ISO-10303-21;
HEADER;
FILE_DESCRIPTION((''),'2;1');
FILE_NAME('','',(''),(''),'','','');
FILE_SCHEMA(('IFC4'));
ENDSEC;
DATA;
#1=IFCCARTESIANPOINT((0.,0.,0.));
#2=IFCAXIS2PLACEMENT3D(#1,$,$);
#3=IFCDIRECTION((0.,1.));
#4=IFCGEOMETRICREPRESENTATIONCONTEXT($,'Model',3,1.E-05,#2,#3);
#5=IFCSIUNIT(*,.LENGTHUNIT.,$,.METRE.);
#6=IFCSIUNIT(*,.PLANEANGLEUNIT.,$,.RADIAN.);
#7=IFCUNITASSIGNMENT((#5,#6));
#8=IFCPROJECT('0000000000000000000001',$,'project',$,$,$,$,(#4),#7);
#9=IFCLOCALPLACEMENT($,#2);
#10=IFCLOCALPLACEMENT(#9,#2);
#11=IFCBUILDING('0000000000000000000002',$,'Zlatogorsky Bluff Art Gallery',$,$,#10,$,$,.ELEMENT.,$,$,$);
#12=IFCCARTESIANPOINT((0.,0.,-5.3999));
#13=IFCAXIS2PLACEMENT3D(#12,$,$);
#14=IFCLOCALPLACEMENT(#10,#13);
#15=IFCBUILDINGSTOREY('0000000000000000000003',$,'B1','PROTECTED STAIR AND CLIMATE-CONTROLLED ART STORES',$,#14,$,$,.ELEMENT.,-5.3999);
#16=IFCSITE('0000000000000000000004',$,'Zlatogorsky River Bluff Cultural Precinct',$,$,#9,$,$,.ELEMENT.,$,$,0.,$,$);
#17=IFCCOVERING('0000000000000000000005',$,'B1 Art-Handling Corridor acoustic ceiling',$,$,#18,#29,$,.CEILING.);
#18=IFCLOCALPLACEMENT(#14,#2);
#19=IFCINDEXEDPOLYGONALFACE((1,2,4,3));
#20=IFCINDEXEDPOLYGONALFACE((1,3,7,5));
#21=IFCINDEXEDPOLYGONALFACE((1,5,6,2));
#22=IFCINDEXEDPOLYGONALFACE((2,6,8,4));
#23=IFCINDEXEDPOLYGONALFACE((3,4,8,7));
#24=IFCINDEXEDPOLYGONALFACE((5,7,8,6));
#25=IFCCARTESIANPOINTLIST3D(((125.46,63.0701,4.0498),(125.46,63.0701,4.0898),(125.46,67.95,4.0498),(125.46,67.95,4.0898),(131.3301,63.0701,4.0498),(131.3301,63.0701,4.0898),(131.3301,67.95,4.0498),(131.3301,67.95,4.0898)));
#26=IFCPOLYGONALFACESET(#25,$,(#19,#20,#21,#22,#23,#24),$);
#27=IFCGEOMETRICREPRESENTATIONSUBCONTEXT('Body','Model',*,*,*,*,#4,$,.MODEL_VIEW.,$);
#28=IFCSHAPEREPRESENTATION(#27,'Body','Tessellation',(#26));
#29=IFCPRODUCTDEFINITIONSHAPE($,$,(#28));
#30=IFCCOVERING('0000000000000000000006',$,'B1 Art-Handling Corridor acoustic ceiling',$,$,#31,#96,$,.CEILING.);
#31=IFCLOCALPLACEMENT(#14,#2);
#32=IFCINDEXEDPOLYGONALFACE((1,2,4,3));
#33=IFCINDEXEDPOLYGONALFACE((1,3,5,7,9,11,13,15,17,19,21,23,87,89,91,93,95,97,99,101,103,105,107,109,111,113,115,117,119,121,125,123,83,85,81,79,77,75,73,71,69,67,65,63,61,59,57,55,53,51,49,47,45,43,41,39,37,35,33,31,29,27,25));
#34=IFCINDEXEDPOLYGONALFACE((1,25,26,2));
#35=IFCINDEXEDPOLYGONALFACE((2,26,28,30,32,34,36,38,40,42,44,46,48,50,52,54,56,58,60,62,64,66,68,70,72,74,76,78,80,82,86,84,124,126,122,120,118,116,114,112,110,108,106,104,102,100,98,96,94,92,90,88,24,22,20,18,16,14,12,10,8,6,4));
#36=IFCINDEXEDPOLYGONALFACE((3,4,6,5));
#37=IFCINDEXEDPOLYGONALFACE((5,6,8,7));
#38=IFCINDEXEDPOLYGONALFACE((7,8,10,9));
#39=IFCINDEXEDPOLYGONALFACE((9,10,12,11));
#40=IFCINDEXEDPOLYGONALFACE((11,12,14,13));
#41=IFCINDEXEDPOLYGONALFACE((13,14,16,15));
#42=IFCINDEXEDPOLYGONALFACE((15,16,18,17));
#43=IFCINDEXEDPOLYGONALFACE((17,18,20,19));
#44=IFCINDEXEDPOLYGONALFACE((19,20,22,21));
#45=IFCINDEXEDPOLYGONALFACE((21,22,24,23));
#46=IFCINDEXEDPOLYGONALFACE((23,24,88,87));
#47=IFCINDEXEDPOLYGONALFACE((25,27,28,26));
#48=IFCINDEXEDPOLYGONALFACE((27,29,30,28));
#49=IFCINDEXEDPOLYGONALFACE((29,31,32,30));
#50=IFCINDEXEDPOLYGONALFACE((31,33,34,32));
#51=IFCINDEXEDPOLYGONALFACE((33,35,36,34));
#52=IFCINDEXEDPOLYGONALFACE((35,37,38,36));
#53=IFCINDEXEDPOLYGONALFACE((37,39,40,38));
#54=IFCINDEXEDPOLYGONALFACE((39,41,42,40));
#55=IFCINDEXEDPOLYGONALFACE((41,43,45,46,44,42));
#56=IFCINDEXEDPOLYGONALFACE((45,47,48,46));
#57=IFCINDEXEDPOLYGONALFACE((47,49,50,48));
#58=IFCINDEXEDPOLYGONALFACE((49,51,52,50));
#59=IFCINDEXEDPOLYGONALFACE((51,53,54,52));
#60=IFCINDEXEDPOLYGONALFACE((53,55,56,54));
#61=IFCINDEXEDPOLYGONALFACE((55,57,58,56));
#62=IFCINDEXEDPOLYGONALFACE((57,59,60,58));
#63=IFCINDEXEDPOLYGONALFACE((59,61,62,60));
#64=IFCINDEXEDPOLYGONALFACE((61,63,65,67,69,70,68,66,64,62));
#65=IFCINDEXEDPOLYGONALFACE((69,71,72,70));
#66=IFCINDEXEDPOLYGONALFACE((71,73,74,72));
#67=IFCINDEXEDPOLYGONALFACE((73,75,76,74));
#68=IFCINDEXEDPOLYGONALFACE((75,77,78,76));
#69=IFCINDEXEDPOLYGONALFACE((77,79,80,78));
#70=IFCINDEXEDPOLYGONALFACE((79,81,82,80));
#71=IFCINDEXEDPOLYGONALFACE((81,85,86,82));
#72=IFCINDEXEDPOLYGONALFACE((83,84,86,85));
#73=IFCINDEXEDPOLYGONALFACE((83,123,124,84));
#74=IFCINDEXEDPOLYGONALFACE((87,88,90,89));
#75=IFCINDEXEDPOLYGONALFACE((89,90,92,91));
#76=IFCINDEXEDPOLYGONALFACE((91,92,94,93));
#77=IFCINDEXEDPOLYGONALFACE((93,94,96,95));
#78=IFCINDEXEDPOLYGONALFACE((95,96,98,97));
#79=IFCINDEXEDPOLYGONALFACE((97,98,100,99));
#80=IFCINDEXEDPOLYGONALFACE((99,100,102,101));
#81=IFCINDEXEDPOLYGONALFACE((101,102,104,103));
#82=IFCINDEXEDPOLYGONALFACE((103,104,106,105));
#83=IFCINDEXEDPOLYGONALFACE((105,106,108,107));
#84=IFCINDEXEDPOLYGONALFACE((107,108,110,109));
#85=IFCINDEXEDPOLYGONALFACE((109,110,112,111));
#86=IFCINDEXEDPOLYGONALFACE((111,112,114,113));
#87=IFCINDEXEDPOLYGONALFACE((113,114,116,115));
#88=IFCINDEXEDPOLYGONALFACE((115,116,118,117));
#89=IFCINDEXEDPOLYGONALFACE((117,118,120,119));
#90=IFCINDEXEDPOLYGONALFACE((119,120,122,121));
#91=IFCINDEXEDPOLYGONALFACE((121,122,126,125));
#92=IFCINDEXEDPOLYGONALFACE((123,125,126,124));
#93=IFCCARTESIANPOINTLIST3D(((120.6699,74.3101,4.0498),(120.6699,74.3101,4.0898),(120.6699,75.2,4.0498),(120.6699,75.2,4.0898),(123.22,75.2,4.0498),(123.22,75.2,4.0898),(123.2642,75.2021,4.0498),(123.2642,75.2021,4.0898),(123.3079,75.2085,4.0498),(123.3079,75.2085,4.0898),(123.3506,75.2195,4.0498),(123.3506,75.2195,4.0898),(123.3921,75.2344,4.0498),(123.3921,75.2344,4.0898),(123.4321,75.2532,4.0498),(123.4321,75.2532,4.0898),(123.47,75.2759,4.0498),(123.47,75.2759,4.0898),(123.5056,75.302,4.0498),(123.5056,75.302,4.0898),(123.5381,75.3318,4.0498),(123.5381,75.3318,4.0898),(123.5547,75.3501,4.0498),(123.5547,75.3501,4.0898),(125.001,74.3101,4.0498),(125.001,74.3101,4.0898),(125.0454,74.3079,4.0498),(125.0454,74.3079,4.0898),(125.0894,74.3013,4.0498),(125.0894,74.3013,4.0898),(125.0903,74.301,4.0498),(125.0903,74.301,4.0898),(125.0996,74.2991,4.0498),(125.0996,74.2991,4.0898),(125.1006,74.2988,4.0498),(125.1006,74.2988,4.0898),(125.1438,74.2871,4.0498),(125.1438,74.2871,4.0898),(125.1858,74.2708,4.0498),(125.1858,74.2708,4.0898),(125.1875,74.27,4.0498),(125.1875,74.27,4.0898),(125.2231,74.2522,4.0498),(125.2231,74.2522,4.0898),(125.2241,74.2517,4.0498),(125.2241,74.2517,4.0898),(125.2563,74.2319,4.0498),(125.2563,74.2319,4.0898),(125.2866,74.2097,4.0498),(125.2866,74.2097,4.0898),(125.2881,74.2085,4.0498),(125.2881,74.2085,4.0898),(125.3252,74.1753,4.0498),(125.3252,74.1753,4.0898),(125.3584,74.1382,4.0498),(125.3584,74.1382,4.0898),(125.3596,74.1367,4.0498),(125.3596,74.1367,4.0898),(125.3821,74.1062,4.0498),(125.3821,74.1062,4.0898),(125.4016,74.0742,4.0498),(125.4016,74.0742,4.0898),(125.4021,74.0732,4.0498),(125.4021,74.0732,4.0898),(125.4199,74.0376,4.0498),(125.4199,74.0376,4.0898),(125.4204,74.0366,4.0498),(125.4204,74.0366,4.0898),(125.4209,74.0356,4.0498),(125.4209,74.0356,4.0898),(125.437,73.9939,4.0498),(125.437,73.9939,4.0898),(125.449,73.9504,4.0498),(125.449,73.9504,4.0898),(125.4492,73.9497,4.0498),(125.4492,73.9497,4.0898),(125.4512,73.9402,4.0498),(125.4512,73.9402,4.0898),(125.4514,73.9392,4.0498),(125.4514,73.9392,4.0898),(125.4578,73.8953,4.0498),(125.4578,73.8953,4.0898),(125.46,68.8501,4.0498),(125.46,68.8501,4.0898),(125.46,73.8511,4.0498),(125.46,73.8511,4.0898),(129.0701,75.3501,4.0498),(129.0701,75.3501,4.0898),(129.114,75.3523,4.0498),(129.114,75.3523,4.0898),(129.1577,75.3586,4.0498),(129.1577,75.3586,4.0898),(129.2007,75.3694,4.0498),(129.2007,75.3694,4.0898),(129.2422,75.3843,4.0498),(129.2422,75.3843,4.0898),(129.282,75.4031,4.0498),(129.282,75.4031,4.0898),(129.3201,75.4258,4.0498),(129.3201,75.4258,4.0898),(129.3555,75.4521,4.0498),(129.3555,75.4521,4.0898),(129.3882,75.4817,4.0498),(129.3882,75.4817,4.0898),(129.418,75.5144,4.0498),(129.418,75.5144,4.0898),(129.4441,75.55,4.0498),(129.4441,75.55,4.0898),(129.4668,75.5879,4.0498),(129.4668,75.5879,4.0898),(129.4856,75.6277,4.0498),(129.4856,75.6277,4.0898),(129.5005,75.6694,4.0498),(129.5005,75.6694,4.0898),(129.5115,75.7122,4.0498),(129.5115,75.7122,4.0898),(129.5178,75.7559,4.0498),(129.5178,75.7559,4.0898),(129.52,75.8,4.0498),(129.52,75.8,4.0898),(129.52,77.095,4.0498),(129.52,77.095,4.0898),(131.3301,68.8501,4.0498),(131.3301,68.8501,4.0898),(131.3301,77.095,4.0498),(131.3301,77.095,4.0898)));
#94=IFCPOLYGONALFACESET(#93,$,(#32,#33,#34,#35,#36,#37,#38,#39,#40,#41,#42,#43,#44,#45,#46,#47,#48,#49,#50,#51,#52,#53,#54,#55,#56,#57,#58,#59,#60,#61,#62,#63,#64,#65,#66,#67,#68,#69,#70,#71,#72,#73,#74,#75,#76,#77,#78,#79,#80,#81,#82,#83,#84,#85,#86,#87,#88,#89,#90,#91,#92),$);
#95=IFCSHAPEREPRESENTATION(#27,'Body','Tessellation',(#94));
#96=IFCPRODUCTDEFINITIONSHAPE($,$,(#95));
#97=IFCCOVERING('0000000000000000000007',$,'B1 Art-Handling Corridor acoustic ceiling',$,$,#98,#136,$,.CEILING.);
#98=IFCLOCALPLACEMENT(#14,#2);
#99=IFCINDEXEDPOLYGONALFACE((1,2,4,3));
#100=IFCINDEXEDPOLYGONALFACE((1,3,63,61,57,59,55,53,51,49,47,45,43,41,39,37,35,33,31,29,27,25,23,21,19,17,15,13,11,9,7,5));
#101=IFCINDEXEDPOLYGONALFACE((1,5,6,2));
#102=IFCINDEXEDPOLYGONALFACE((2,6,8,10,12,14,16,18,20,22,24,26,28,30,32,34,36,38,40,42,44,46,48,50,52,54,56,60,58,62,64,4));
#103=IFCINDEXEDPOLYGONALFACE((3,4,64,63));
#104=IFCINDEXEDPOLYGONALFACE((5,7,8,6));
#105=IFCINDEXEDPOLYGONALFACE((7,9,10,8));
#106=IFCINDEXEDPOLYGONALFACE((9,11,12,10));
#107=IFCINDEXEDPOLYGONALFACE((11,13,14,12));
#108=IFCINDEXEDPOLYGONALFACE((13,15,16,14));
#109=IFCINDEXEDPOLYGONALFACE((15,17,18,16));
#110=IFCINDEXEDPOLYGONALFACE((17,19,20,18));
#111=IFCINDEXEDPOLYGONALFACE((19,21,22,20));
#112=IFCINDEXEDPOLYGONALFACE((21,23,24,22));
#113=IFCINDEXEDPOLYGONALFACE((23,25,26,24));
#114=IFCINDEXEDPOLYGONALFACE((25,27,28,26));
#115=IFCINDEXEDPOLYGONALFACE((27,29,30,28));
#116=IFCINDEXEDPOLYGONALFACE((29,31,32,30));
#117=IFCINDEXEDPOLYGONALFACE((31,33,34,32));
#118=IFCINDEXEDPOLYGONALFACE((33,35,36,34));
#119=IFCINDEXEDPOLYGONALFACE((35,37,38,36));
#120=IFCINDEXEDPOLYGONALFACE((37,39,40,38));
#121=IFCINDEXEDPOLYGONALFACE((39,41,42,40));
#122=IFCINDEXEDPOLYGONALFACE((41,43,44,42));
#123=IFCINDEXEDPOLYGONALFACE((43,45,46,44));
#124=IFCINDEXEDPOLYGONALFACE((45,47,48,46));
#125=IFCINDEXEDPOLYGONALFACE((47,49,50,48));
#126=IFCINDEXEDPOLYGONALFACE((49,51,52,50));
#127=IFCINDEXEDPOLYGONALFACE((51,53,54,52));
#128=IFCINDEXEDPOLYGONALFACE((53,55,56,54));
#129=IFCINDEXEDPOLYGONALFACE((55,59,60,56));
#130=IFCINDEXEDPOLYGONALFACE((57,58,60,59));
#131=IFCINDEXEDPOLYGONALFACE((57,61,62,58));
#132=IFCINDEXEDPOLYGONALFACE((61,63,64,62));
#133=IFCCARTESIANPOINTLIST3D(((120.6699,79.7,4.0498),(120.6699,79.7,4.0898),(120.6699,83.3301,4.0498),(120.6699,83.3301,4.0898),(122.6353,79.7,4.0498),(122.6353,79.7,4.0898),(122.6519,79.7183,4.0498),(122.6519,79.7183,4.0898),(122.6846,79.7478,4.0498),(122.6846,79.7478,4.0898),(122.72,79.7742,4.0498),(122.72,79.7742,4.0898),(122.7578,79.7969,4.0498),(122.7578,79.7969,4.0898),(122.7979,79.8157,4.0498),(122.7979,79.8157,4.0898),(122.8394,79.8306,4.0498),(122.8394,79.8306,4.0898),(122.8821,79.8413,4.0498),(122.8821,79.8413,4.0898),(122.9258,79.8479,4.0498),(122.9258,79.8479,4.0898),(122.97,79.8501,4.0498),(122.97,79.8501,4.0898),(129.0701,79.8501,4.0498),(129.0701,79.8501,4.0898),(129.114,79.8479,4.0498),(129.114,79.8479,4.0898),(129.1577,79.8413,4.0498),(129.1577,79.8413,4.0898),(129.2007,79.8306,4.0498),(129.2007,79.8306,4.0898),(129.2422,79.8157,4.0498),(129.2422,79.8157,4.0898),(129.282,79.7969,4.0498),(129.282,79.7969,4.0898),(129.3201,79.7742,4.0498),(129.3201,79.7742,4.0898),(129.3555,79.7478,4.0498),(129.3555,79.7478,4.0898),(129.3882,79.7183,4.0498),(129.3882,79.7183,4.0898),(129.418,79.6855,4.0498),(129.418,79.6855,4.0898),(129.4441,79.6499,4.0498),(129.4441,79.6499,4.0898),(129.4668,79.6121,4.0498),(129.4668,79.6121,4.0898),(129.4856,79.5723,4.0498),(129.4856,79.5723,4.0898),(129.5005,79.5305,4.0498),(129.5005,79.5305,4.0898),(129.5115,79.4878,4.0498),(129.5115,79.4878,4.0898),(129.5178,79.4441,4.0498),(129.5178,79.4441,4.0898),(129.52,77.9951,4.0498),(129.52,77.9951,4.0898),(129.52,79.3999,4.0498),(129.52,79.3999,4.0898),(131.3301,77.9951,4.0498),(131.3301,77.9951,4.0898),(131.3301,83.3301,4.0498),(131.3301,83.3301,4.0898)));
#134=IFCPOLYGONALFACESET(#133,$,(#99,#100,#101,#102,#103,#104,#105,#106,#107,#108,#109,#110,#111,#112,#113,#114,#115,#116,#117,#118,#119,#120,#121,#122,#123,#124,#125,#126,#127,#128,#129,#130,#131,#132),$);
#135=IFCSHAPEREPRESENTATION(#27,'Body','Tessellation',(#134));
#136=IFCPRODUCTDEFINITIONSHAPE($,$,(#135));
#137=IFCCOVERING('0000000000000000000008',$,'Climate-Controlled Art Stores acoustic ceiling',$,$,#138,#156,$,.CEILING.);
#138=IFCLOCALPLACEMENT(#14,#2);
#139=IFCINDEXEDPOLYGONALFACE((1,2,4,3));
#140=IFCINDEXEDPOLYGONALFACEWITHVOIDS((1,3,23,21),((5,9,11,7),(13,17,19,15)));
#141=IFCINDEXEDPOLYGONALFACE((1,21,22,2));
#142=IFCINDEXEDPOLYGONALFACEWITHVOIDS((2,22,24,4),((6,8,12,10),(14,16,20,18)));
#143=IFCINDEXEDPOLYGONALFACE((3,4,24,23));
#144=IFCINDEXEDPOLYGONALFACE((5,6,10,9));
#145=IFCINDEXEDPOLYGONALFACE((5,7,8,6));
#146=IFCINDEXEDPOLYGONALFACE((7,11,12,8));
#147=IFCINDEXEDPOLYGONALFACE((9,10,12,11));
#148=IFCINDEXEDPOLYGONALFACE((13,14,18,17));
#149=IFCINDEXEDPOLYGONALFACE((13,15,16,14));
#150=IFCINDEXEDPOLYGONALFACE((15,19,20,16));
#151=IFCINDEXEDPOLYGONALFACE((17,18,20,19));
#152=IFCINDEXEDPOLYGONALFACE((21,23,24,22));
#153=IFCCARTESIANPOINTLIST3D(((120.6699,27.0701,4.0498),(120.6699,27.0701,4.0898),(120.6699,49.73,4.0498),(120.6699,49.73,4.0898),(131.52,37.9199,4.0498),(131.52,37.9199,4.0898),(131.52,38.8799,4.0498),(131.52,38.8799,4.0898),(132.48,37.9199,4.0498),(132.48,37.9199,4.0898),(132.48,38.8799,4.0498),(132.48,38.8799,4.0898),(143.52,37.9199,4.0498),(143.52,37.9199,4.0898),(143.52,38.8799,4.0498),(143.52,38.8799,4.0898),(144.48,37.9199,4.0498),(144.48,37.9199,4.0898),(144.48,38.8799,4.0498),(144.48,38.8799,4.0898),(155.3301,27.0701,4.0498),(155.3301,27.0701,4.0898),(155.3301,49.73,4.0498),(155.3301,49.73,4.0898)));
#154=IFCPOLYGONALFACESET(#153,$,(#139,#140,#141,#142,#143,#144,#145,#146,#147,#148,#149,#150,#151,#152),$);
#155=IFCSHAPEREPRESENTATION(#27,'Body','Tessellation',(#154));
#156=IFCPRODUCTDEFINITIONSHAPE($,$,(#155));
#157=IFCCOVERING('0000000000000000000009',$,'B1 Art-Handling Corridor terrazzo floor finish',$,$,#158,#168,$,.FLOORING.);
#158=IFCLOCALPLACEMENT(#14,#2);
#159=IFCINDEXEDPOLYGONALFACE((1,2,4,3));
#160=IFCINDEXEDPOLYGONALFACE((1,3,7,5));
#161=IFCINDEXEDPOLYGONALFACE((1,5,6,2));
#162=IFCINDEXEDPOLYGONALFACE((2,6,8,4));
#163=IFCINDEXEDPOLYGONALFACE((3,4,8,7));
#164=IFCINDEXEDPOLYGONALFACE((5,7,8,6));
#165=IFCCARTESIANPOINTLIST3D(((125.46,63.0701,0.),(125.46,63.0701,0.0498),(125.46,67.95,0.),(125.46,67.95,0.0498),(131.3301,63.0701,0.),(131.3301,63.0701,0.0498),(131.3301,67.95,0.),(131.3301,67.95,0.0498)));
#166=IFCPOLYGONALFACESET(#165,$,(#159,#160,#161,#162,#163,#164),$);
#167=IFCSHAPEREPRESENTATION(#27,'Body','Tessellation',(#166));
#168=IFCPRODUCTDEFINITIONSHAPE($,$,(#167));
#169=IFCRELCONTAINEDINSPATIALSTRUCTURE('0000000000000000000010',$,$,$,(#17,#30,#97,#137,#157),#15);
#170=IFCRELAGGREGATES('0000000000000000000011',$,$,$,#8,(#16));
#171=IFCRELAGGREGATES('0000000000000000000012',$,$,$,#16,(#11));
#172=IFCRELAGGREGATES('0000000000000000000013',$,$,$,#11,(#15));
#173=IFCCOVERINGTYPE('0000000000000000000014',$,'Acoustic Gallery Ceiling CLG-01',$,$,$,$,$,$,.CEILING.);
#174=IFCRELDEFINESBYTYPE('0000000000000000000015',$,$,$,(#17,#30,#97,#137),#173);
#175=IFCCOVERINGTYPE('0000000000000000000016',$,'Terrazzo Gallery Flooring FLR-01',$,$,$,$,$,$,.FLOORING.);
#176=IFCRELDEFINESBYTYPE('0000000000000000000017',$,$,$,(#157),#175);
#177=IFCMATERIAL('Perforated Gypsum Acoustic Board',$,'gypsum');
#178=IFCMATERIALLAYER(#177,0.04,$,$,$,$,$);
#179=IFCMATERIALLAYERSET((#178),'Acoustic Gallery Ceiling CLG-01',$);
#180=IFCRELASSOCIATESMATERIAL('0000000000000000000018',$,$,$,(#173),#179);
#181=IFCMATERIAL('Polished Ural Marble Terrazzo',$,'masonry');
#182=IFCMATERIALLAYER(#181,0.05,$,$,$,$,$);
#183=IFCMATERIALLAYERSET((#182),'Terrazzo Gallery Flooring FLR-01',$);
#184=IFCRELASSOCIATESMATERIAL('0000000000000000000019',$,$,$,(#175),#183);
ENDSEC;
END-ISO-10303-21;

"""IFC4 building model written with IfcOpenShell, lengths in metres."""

from ifc_helpers import new_model, si_unit, direction, frame, origin, place, context, subcontext, project, spatial, polyline, outline, extrude, material, layer, layer_set, type_object, element, save


model = new_model("IFC4")

# Units and contexts
model_context = context("Model", 3, precision=1e-05, world=origin(), true_north=direction((0.0, 1.0)))
body_context = subcontext(model_context, "Body", "Model", "MODEL_VIEW")
ifc_project = project(units=[si_unit("LENGTHUNIT", "METRE"), si_unit("PLANEANGLEUNIT", "RADIAN")], contexts=[model_context])

# Site, building, storey
site_placement = place(None, origin())
site = spatial("IfcSite", under=ifc_project, at=site_placement, Name="Zlatogorsky River Bluff Cultural Precinct", CompositionType="ELEMENT", RefElevation=0.0)
building_placement = place(site_placement, origin())
building = spatial("IfcBuilding", under=site, at=building_placement, Name="Zlatogorsky Bluff Art Gallery", CompositionType="ELEMENT")
storey_placement = place(building_placement, frame((0.0, 0.0, -5.3999)))
storey = spatial("IfcBuildingStorey", under=building, at=storey_placement, Name="B1", Description="PROTECTED STAIR AND CLIMATE-CONTROLLED ART STORES", CompositionType="ELEMENT", Elevation=-5.3999)

# Coverings
ifc_material_1 = material(Name="Perforated Gypsum Acoustic Board", Category="gypsum")
ifc_layer_1 = layer(ifc_material_1, 0.04)
ifc_layer_set_1 = layer_set([ifc_layer_1], Name="Acoustic Gallery Ceiling CLG-01")
covering_type_1 = type_object("IfcCoveringType", Name="Acoustic Gallery Ceiling CLG-01", PredefinedType="CEILING", material=ifc_layer_set_1)
covering_1_placement = place(storey_placement, frame((0.0, 0.0, 4.0498)))
element("IfcCovering", 1, at=covering_1_placement, inside=storey, type_object=covering_type_1, Name="B1 Art-Handling Corridor acoustic ceiling", PredefinedType="CEILING", context=body_context, shape_type="SweptSolid", body=[
    extrude(outline(polyline([(125.46, 67.95), (131.3301, 67.95), (131.3301, 63.0701), (125.46, 63.0701), (125.46, 67.95)])), origin(), (0.0, 0.0, 1.0), 0.04),
])
covering_2_placement = place(storey_placement, frame((0.0, 0.0, 4.0498)))
element("IfcCovering", 2, at=covering_2_placement, inside=storey, type_object=covering_type_1, Name="B1 Art-Handling Corridor acoustic ceiling", PredefinedType="CEILING", context=body_context, shape_type="SweptSolid", body=[
    extrude(outline(polyline([(123.22, 75.2), (123.2642, 75.2021), (123.3079, 75.2085), (123.3506, 75.2195), (123.3921, 75.2344), (123.4321, 75.2532), (123.47, 75.2759), (123.5056, 75.302), (123.5381, 75.3318), (123.5547, 75.3501), (129.0701, 75.3501), (129.114, 75.3523), (129.1577, 75.3586), (129.2007, 75.3694), (129.2422, 75.3843), (129.282, 75.4031), (129.3201, 75.4258), (129.3555, 75.4521), (129.3882, 75.4817), (129.418, 75.5144), (129.4441, 75.55), (129.4668, 75.5879), (129.4856, 75.6277), (129.5005, 75.6694), (129.5115, 75.7122), (129.5178, 75.7559), (129.52, 75.8), (129.52, 77.095), (131.3301, 77.095), (131.3301, 68.8501), (125.46, 68.8501), (125.46, 73.8511), (125.4578, 73.8953), (125.4514, 73.9392), (125.4512, 73.9402), (125.4492, 73.9497), (125.449, 73.9504), (125.437, 73.9939), (125.4209, 74.0356), (125.4204, 74.0366), (125.4199, 74.0376), (125.4021, 74.0732), (125.4016, 74.0742), (125.3821, 74.1062), (125.3596, 74.1367), (125.3584, 74.1382), (125.3252, 74.1753), (125.2881, 74.2085), (125.2866, 74.2097), (125.2563, 74.2319), (125.2241, 74.2517), (125.2231, 74.2522), (125.1875, 74.27), (125.1858, 74.2708), (125.1438, 74.2871), (125.1006, 74.2988), (125.0996, 74.2991), (125.0903, 74.301), (125.0894, 74.3013), (125.0454, 74.3079), (125.001, 74.3101), (120.6699, 74.3101), (120.6699, 75.2), (123.22, 75.2)])), origin(), (0.0, 0.0, 1.0), 0.04),
])
covering_3_placement = place(storey_placement, frame((0.0, 0.0, 4.0498)))
element("IfcCovering", 3, at=covering_3_placement, inside=storey, type_object=covering_type_1, Name="B1 Art-Handling Corridor acoustic ceiling", PredefinedType="CEILING", context=body_context, shape_type="SweptSolid", body=[
    extrude(outline(polyline([(120.6699, 83.3301), (131.3301, 83.3301), (131.3301, 77.9951), (129.52, 77.9951), (129.52, 79.3999), (129.5178, 79.4441), (129.5115, 79.4878), (129.5005, 79.5305), (129.4856, 79.5723), (129.4668, 79.6121), (129.4441, 79.6499), (129.418, 79.6855), (129.3882, 79.7183), (129.3555, 79.7478), (129.3201, 79.7742), (129.282, 79.7969), (129.2422, 79.8157), (129.2007, 79.8306), (129.1577, 79.8413), (129.114, 79.8479), (129.0701, 79.8501), (122.97, 79.8501), (122.9258, 79.8479), (122.8821, 79.8413), (122.8394, 79.8306), (122.7979, 79.8157), (122.7578, 79.7969), (122.72, 79.7742), (122.6846, 79.7478), (122.6519, 79.7183), (122.6353, 79.7), (120.6699, 79.7), (120.6699, 83.3301)])), origin(), (0.0, 0.0, 1.0), 0.04),
])
covering_4_placement = place(storey_placement, frame((0.0, 0.0, 4.0498)))
element("IfcCovering", 4, at=covering_4_placement, inside=storey, type_object=covering_type_1, Name="Climate-Controlled Art Stores acoustic ceiling", PredefinedType="CEILING", context=body_context, shape_type="SweptSolid", body=[
    extrude(outline(polyline([(155.3301, 49.73), (155.3301, 27.0701), (120.6699, 27.0701), (120.6699, 49.73), (155.3301, 49.73)]), holes=[polyline([(131.52, 37.9199), (132.48, 37.9199), (132.48, 38.8799), (131.52, 38.8799), (131.52, 37.9199)]), polyline([(143.52, 38.8799), (143.52, 37.9199), (144.48, 37.9199), (144.48, 38.8799), (143.52, 38.8799)])]), origin(), (0.0, 0.0, 1.0), 0.04),
])
ifc_material_2 = material(Name="Polished Ural Marble Terrazzo", Category="masonry")
ifc_layer_2 = layer(ifc_material_2, 0.05)
ifc_layer_set_2 = layer_set([ifc_layer_2], Name="Terrazzo Gallery Flooring FLR-01")
covering_type_2 = type_object("IfcCoveringType", Name="Terrazzo Gallery Flooring FLR-01", PredefinedType="FLOORING", material=ifc_layer_set_2)
covering_5_placement = place(storey_placement, origin())
element("IfcCovering", 5, at=covering_5_placement, inside=storey, type_object=covering_type_2, Name="B1 Art-Handling Corridor terrazzo floor finish", PredefinedType="FLOORING", context=body_context, shape_type="SweptSolid", body=[
    extrude(outline(polyline([(125.46, 67.95), (131.3301, 67.95), (131.3301, 63.0701), (125.46, 63.0701), (125.46, 67.95)])), origin(), (0.0, 0.0, 1.0), 0.0498),
])

save(model, "model.ifc")
